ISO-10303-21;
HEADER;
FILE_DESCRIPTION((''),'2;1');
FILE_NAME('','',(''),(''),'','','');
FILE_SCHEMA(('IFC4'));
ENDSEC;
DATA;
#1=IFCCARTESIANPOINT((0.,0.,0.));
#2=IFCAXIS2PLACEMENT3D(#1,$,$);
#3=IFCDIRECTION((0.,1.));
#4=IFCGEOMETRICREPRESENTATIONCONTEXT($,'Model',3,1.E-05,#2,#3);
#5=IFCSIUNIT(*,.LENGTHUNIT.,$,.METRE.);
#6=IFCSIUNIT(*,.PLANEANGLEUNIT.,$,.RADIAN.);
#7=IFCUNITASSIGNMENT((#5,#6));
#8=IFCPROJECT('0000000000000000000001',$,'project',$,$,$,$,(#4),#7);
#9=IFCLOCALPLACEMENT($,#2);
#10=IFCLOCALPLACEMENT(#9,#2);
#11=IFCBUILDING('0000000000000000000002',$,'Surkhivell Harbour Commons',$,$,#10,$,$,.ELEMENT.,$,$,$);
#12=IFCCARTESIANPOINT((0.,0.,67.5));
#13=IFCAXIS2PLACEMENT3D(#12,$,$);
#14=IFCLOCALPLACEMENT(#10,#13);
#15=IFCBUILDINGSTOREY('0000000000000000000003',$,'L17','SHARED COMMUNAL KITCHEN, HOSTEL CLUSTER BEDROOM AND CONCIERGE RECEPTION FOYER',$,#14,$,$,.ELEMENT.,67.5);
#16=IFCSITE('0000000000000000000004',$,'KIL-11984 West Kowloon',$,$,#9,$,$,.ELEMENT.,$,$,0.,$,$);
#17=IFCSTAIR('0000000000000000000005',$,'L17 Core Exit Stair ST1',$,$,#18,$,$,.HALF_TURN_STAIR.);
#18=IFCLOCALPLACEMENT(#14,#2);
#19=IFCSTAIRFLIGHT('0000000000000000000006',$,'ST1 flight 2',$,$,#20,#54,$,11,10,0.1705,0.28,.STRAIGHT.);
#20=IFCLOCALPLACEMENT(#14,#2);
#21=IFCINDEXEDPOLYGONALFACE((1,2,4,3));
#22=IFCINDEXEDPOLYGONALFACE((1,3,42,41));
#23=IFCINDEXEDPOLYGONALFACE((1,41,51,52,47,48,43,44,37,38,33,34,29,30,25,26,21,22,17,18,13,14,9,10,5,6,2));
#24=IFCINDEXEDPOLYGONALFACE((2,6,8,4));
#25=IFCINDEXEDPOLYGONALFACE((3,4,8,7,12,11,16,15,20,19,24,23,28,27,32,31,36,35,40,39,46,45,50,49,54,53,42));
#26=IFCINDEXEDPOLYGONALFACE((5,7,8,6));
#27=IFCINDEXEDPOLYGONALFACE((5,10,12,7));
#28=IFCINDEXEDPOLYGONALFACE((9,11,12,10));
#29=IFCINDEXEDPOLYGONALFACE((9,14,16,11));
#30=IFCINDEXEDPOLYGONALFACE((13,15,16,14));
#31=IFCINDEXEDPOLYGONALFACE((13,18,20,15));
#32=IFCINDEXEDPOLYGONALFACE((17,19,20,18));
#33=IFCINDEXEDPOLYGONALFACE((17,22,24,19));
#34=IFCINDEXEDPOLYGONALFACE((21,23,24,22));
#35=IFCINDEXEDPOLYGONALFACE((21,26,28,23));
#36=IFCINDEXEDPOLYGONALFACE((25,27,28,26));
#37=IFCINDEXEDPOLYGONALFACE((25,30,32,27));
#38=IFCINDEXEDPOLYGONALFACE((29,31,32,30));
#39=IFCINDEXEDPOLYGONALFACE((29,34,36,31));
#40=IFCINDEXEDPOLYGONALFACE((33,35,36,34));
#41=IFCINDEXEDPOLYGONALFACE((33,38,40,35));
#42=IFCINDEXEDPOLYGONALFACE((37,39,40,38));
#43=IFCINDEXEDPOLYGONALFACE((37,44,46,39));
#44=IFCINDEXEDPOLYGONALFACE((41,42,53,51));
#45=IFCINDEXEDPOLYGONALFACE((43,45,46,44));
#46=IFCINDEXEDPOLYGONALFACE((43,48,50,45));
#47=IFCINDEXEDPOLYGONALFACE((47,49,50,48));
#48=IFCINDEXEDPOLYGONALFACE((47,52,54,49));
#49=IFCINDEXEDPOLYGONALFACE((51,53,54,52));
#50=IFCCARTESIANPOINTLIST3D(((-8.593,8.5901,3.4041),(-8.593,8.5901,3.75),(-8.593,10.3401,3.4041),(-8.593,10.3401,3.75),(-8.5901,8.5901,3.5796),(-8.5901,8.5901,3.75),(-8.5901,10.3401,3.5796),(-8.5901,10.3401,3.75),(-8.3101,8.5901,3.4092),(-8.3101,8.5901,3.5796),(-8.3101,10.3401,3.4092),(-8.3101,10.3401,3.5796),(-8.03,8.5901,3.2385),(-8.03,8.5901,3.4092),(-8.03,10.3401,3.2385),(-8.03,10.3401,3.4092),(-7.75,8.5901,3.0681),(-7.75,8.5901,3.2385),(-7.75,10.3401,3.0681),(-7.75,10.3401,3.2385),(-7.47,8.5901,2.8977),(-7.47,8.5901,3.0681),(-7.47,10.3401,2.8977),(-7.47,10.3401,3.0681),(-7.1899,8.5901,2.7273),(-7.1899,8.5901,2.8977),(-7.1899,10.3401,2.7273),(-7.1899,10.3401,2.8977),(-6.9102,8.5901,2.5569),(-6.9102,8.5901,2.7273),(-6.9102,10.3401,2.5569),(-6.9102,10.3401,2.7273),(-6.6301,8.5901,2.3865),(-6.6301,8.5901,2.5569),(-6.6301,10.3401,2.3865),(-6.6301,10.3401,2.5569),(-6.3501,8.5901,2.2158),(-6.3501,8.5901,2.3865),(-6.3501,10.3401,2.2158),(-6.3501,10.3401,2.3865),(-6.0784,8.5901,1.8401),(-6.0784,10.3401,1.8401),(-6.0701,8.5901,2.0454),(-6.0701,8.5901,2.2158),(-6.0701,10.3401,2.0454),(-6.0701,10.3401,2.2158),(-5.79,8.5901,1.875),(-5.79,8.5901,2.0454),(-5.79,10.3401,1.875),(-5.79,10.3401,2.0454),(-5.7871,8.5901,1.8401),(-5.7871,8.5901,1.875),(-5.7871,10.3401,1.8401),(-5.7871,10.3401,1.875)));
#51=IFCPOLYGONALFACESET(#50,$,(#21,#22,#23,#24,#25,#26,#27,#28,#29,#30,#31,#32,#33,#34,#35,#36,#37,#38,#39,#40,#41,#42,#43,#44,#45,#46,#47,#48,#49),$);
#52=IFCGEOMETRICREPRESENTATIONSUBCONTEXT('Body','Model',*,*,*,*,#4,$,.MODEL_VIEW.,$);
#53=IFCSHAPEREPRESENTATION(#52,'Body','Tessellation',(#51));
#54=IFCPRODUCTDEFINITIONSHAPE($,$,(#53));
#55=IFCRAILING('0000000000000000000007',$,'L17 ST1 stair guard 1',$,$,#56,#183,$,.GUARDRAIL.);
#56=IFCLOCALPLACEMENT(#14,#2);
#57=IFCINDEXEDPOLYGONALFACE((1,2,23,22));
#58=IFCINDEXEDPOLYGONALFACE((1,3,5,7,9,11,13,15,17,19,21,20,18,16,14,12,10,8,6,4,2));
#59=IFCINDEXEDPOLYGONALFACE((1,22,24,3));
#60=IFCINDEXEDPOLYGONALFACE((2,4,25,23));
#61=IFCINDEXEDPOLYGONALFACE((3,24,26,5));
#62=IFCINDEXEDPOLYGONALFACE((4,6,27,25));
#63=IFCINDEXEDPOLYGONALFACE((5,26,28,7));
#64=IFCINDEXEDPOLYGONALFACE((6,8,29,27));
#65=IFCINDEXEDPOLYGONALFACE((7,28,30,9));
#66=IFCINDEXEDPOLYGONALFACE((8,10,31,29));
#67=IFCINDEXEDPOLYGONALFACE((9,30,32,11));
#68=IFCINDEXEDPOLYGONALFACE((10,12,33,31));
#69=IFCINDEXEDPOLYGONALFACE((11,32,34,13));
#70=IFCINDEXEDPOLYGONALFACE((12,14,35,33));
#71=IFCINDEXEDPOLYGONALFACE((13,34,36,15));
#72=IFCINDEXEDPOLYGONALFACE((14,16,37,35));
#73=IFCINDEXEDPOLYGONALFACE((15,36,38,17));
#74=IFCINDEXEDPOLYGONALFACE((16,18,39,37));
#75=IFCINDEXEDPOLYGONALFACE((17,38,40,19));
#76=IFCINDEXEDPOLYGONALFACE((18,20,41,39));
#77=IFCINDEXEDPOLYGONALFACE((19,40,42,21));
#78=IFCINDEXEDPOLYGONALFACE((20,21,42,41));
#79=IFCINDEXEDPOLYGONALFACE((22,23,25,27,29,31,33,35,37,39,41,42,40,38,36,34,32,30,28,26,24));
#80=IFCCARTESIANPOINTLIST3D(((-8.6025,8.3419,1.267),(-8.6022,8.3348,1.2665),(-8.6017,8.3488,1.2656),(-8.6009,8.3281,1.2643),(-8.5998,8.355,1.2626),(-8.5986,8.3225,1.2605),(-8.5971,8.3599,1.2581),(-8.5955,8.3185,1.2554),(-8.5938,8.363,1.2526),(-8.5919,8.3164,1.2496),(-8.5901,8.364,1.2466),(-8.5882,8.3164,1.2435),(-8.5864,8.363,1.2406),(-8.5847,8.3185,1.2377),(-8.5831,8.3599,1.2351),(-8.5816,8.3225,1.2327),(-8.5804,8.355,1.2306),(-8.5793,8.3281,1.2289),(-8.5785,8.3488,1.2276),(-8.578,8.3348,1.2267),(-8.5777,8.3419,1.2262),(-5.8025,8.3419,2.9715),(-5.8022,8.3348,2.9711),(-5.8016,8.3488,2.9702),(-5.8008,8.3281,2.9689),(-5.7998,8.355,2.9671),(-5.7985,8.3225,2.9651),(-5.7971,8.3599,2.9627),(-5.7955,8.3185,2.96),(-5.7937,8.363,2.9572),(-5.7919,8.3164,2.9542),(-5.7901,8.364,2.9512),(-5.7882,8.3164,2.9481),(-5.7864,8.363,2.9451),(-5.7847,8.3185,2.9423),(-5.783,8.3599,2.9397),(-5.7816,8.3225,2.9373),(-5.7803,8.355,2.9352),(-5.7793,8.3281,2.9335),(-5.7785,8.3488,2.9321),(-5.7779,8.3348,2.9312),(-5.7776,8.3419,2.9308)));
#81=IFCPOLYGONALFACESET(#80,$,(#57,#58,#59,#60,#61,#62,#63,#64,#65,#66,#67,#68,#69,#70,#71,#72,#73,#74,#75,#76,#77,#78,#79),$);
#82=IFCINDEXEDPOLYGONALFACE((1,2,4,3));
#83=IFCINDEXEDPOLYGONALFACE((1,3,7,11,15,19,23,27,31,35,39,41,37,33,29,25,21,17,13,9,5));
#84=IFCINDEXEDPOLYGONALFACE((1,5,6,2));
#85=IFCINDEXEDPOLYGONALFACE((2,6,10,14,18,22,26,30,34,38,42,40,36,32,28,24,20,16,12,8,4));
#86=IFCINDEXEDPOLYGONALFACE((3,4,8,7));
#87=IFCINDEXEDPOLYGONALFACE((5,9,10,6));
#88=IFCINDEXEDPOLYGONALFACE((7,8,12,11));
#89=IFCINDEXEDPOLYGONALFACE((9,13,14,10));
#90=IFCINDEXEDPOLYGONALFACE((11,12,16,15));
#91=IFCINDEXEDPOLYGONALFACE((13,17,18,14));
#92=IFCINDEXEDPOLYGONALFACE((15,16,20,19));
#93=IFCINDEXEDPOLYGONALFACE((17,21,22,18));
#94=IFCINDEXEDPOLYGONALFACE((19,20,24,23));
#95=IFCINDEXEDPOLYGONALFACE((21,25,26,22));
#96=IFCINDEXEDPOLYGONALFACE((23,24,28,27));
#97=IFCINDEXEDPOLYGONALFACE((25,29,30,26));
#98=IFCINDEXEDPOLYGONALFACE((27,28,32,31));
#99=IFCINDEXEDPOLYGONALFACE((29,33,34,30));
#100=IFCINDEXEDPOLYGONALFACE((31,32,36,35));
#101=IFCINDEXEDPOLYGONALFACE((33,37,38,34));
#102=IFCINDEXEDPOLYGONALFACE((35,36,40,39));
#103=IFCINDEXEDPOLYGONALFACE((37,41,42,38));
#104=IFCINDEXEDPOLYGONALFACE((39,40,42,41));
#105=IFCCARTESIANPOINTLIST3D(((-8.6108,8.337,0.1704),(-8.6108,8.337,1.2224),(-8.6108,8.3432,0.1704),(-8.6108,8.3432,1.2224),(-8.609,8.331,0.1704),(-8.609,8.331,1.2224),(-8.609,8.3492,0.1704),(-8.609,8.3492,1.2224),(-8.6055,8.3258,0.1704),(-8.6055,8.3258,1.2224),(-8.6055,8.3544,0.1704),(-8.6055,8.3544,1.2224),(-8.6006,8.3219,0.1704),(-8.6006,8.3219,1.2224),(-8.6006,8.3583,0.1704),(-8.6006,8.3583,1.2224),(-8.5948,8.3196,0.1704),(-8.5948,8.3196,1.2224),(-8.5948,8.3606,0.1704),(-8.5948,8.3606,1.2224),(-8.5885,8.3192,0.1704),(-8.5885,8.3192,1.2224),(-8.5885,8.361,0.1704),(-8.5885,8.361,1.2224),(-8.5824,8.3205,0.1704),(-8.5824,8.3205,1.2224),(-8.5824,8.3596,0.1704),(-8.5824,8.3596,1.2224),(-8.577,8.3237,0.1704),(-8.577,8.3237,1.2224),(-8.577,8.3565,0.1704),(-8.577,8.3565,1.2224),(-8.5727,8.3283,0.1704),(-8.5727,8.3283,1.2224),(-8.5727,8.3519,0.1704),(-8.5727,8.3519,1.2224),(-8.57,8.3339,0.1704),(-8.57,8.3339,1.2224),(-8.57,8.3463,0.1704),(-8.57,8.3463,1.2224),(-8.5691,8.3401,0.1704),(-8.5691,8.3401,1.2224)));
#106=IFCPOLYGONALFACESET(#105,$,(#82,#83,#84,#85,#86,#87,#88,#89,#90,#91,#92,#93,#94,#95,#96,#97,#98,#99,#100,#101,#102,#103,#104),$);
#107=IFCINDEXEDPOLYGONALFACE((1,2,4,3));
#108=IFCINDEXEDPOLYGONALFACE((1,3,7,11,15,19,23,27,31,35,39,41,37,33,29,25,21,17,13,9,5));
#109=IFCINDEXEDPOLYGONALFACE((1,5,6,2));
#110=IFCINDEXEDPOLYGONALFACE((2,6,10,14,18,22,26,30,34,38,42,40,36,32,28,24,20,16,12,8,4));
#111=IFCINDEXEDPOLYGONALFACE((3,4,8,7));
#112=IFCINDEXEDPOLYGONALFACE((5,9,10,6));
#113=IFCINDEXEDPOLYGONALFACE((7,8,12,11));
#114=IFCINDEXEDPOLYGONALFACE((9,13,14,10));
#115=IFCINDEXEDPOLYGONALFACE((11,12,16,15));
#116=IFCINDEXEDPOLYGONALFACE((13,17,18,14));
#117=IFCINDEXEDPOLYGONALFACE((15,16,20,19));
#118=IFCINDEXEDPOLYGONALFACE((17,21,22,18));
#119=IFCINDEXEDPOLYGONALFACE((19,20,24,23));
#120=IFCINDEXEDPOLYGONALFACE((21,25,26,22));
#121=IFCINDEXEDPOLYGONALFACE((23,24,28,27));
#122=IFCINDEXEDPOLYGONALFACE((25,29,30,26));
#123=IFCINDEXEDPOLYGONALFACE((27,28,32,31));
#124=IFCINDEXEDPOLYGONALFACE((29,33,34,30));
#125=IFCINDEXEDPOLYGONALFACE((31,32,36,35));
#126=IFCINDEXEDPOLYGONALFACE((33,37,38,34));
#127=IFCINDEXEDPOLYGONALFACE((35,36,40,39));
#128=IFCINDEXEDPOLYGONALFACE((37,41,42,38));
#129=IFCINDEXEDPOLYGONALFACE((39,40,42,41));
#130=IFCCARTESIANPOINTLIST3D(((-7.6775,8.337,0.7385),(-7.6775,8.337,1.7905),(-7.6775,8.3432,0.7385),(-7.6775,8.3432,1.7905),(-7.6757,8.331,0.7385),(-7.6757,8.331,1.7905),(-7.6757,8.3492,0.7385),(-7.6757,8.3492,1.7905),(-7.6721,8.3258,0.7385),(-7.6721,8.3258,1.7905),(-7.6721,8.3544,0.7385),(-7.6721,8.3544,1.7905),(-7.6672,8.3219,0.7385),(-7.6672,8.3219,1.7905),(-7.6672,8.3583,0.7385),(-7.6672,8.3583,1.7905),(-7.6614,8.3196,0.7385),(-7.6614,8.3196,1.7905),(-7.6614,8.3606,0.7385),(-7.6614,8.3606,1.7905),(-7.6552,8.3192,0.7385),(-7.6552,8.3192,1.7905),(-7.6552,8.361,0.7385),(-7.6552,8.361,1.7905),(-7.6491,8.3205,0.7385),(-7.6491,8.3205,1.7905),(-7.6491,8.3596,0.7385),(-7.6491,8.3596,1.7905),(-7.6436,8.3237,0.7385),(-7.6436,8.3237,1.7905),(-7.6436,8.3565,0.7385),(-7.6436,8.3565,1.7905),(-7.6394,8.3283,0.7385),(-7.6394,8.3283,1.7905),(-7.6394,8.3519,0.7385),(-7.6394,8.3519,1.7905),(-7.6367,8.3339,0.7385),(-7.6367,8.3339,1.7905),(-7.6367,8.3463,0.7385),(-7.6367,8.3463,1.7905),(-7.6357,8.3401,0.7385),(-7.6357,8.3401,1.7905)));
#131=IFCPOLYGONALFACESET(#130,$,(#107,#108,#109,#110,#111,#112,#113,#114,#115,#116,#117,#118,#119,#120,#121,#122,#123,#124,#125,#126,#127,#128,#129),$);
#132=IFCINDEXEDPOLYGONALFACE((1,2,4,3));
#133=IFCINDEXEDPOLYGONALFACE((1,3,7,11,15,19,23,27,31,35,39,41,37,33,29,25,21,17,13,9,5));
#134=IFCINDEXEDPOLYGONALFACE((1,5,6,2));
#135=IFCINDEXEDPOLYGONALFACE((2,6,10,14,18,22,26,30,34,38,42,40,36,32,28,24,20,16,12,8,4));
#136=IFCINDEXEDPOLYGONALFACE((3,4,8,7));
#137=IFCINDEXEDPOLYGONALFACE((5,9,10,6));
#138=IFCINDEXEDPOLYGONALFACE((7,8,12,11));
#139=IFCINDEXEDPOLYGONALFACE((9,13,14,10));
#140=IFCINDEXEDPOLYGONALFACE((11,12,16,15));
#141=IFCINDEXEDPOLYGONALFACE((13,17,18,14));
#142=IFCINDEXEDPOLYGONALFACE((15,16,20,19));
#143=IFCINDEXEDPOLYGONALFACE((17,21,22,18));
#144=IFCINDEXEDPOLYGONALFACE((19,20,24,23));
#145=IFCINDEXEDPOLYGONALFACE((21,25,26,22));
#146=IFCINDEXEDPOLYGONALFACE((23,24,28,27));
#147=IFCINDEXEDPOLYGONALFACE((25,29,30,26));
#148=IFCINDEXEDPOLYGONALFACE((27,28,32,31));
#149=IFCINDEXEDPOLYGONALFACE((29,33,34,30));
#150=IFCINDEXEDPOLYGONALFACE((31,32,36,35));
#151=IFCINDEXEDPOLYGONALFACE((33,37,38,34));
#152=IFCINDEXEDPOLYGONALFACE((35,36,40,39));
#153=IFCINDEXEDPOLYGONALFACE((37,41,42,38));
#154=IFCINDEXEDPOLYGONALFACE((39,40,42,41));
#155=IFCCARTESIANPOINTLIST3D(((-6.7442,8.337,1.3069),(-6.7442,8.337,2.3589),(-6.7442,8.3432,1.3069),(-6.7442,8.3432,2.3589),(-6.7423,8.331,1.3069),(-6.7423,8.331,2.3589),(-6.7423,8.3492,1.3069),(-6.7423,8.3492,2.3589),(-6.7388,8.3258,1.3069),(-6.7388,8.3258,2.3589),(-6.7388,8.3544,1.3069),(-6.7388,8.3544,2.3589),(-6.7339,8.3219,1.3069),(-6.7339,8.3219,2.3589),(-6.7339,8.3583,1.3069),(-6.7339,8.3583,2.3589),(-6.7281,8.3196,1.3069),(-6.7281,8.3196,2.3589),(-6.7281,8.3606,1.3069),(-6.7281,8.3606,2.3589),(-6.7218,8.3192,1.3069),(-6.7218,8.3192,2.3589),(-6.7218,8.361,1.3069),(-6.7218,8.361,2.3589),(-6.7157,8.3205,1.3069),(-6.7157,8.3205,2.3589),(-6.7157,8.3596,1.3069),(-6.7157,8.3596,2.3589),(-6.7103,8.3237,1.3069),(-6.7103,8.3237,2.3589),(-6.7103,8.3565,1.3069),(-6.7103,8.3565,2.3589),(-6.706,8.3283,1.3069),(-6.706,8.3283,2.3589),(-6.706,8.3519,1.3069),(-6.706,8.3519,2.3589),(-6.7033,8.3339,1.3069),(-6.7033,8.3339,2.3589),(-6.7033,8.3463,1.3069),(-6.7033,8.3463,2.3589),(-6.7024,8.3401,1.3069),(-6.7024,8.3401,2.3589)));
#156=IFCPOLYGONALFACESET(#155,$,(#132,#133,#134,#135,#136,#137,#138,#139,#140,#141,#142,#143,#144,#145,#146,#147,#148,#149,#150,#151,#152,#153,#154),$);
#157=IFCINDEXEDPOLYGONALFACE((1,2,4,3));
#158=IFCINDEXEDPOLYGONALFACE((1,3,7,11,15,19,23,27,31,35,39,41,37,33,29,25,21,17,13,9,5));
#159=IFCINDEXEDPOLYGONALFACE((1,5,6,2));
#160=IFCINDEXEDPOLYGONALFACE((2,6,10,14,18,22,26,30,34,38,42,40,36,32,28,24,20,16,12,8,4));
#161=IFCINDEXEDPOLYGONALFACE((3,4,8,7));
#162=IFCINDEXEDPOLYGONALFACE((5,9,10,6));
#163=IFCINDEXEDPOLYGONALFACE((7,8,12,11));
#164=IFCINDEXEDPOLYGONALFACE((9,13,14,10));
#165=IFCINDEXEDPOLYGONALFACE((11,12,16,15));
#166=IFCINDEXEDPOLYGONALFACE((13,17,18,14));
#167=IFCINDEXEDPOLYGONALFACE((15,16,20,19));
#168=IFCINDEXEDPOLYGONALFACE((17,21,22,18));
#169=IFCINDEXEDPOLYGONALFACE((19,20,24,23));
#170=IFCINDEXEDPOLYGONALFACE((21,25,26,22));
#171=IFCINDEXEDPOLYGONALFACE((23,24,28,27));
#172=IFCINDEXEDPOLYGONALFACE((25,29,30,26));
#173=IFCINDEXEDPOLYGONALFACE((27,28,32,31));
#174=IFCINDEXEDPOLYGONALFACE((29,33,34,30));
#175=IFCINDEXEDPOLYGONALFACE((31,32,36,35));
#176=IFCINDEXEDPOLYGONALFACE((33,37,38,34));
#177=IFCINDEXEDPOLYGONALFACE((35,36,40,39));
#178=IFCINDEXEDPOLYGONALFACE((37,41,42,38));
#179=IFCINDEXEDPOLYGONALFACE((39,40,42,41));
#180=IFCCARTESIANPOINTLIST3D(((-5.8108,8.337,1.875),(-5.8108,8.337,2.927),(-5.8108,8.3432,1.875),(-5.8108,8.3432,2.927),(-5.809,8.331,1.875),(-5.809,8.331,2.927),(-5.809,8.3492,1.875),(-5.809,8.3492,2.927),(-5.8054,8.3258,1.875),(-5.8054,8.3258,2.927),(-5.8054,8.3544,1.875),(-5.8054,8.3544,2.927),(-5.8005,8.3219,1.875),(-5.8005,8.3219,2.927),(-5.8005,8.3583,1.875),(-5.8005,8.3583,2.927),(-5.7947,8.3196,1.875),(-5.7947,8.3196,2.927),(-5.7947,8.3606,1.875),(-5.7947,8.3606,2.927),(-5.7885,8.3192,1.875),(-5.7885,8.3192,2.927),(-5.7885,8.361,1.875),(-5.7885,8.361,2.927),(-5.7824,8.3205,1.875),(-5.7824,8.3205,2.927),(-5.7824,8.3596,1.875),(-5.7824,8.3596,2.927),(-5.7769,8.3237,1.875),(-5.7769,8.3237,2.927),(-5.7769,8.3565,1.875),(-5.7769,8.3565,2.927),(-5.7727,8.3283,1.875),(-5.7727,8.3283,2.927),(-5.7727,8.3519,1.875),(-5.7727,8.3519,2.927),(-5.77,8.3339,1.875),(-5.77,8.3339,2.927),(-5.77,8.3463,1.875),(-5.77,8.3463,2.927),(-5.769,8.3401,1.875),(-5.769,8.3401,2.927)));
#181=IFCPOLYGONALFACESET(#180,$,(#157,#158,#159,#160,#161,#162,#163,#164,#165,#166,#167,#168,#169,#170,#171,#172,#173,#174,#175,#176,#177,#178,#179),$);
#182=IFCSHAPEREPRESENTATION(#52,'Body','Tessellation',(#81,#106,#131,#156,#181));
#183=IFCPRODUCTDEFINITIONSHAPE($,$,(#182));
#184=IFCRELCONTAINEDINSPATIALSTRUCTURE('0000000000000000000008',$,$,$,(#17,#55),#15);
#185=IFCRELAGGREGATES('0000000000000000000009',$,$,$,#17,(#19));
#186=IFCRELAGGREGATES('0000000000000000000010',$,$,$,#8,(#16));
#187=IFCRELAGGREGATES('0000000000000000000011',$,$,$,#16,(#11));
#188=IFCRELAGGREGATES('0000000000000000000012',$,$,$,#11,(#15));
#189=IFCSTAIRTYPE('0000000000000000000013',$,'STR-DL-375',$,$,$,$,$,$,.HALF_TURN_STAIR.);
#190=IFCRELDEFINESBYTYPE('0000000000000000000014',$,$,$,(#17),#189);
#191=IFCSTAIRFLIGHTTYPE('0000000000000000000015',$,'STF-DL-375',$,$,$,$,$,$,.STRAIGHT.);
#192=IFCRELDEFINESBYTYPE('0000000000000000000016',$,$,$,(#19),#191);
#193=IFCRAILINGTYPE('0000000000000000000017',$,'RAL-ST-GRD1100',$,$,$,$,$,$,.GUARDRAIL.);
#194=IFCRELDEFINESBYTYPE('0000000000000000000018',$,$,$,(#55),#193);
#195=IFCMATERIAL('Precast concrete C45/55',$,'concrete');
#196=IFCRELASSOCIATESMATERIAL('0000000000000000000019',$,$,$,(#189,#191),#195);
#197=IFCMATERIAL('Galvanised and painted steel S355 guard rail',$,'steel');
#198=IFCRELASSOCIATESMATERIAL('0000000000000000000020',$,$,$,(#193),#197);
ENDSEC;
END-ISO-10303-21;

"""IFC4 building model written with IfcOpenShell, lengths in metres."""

from ifc_helpers import new_model, si_unit, direction, frame, origin, origin_2d, place, context, subcontext, project, spatial, polyline, circle, outline, extrude, material, type_object, element, aggregate, save


model = new_model("IFC4")

# Units and contexts
model_context = context("Model", 3, precision=1e-05, world=origin(), true_north=direction((0.0, 1.0)))
body_context = subcontext(model_context, "Body", "Model", "MODEL_VIEW")
ifc_project = project(units=[si_unit("LENGTHUNIT", "METRE"), si_unit("PLANEANGLEUNIT", "RADIAN")], contexts=[model_context])

# Site, building, storey
site_placement = place(None, origin())
site = spatial("IfcSite", under=ifc_project, at=site_placement, Name="KIL-11984 West Kowloon", CompositionType="ELEMENT", RefElevation=0.0)
building_placement = place(site_placement, origin())
building = spatial("IfcBuilding", under=site, at=building_placement, Name="Surkhivell Harbour Commons", CompositionType="ELEMENT")
storey_placement = place(building_placement, frame((0.0, 0.0, 67.5)))
storey = spatial("IfcBuildingStorey", under=building, at=storey_placement, Name="L17", Description="SHARED COMMUNAL KITCHEN, HOSTEL CLUSTER BEDROOM AND CONCIERGE RECEPTION FOYER", CompositionType="ELEMENT", Elevation=67.5)

# Stair, stair flight
ifc_material_1 = material(Name="Precast concrete C45/55", Category="concrete")
stair_type = type_object("IfcStairType", Name="STR-DL-375", PredefinedType="HALF_TURN_STAIR", material=ifc_material_1)
stair_placement = place(storey_placement, origin())
stair = element("IfcStair", 1, at=stair_placement, inside=storey, type_object=stair_type, Name="L17 Core Exit Stair ST1", PredefinedType="HALF_TURN_STAIR")
stair_flight_type = type_object("IfcStairFlightType", Name="STF-DL-375", PredefinedType="STRAIGHT", material=ifc_material_1)
stair_flight_1_placement = place(storey_placement, frame((-5.79, 9.4651, 1.875), z_axis=(0.0, 0.0, 1.0), x_axis=(-1.0, 0.0, 0.0)))
stair_flight_1 = element("IfcStairFlight", 2, at=stair_flight_1_placement, type_object=stair_flight_type, Name="ST1 flight 2", NumberOfRisers=11, NumberOfTreads=10, PredefinedType="STRAIGHT", RiserHeight=0.1705, TreadLength=0.28, context=body_context, shape_type="SweptSolid", body=[
    extrude(outline(polyline([(-0.0029, -0.0349), (-0.0029, 0.0), (0.0, 0.0), (0.0, 0.1704), (0.28, 0.1704), (0.28, 0.3408), (0.5601, 0.3408), (0.5601, 0.5115), (0.8401, 0.5115), (0.8401, 0.6819), (1.1201, 0.6819), (1.1201, 0.8523), (1.3999, 0.8523), (1.3999, 1.0227), (1.6799, 1.0227), (1.6799, 1.1931), (1.96, 1.1931), (1.96, 1.3635), (2.24, 1.3635), (2.24, 1.5342), (2.52, 1.5342), (2.52, 1.7046), (2.8, 1.7046), (2.8, 1.875), (2.803, 1.875), (2.803, 1.5291), (0.2883, -0.0349), (-0.0029, -0.0349)])), frame((0.0, 0.875, 0.0), z_axis=(0.0, -1.0, 0.0), x_axis=(1.0, 0.0, 0.0)), (0.0, 0.0, 1.0), 1.75),
])
aggregate(stair, [stair_flight_1])

# Railing
ifc_material_2 = material(Name="Galvanised and painted steel S355 guard rail", Category="steel")
railing_type_1 = type_object("IfcRailingType", Name="RAL-ST-GRD1100", PredefinedType="GUARDRAIL", material=ifc_material_2)
railing_1_placement = place(storey_placement, frame((-8.5901, 8.3401, 0.1704)))
element("IfcRailing", 3, at=railing_1_placement, inside=storey, type_object=railing_type_1, Name="L17 ST1 stair guard 1", PredefinedType="GUARDRAIL", context=body_context, shape_type="SweptSolid", body=[
    extrude(circle(Radius=0.0239, at=origin_2d()), frame((0.0, 0.0, 1.0762), z_axis=(0.85417, 0.0, 0.519994), x_axis=(0.0, 1.0, 0.0)), (0.0, 0.0, 1.0), 3.2781),
    extrude(circle(Radius=0.021, at=origin_2d()), origin(), (0.0, 0.0, 1.0), 1.052),
    extrude(circle(Radius=0.021, at=origin_2d()), frame((0.9333, 0.0, 0.5681)), (0.0, 0.0, 1.0), 1.052),
    extrude(circle(Radius=0.021, at=origin_2d()), frame((1.8667, 0.0, 1.1365)), (0.0, 0.0, 1.0), 1.052),
    extrude(circle(Radius=0.021, at=origin_2d()), frame((2.8, 0.0, 1.7046)), (0.0, 0.0, 1.0), 1.052),
])

save(model, "model.ifc")
